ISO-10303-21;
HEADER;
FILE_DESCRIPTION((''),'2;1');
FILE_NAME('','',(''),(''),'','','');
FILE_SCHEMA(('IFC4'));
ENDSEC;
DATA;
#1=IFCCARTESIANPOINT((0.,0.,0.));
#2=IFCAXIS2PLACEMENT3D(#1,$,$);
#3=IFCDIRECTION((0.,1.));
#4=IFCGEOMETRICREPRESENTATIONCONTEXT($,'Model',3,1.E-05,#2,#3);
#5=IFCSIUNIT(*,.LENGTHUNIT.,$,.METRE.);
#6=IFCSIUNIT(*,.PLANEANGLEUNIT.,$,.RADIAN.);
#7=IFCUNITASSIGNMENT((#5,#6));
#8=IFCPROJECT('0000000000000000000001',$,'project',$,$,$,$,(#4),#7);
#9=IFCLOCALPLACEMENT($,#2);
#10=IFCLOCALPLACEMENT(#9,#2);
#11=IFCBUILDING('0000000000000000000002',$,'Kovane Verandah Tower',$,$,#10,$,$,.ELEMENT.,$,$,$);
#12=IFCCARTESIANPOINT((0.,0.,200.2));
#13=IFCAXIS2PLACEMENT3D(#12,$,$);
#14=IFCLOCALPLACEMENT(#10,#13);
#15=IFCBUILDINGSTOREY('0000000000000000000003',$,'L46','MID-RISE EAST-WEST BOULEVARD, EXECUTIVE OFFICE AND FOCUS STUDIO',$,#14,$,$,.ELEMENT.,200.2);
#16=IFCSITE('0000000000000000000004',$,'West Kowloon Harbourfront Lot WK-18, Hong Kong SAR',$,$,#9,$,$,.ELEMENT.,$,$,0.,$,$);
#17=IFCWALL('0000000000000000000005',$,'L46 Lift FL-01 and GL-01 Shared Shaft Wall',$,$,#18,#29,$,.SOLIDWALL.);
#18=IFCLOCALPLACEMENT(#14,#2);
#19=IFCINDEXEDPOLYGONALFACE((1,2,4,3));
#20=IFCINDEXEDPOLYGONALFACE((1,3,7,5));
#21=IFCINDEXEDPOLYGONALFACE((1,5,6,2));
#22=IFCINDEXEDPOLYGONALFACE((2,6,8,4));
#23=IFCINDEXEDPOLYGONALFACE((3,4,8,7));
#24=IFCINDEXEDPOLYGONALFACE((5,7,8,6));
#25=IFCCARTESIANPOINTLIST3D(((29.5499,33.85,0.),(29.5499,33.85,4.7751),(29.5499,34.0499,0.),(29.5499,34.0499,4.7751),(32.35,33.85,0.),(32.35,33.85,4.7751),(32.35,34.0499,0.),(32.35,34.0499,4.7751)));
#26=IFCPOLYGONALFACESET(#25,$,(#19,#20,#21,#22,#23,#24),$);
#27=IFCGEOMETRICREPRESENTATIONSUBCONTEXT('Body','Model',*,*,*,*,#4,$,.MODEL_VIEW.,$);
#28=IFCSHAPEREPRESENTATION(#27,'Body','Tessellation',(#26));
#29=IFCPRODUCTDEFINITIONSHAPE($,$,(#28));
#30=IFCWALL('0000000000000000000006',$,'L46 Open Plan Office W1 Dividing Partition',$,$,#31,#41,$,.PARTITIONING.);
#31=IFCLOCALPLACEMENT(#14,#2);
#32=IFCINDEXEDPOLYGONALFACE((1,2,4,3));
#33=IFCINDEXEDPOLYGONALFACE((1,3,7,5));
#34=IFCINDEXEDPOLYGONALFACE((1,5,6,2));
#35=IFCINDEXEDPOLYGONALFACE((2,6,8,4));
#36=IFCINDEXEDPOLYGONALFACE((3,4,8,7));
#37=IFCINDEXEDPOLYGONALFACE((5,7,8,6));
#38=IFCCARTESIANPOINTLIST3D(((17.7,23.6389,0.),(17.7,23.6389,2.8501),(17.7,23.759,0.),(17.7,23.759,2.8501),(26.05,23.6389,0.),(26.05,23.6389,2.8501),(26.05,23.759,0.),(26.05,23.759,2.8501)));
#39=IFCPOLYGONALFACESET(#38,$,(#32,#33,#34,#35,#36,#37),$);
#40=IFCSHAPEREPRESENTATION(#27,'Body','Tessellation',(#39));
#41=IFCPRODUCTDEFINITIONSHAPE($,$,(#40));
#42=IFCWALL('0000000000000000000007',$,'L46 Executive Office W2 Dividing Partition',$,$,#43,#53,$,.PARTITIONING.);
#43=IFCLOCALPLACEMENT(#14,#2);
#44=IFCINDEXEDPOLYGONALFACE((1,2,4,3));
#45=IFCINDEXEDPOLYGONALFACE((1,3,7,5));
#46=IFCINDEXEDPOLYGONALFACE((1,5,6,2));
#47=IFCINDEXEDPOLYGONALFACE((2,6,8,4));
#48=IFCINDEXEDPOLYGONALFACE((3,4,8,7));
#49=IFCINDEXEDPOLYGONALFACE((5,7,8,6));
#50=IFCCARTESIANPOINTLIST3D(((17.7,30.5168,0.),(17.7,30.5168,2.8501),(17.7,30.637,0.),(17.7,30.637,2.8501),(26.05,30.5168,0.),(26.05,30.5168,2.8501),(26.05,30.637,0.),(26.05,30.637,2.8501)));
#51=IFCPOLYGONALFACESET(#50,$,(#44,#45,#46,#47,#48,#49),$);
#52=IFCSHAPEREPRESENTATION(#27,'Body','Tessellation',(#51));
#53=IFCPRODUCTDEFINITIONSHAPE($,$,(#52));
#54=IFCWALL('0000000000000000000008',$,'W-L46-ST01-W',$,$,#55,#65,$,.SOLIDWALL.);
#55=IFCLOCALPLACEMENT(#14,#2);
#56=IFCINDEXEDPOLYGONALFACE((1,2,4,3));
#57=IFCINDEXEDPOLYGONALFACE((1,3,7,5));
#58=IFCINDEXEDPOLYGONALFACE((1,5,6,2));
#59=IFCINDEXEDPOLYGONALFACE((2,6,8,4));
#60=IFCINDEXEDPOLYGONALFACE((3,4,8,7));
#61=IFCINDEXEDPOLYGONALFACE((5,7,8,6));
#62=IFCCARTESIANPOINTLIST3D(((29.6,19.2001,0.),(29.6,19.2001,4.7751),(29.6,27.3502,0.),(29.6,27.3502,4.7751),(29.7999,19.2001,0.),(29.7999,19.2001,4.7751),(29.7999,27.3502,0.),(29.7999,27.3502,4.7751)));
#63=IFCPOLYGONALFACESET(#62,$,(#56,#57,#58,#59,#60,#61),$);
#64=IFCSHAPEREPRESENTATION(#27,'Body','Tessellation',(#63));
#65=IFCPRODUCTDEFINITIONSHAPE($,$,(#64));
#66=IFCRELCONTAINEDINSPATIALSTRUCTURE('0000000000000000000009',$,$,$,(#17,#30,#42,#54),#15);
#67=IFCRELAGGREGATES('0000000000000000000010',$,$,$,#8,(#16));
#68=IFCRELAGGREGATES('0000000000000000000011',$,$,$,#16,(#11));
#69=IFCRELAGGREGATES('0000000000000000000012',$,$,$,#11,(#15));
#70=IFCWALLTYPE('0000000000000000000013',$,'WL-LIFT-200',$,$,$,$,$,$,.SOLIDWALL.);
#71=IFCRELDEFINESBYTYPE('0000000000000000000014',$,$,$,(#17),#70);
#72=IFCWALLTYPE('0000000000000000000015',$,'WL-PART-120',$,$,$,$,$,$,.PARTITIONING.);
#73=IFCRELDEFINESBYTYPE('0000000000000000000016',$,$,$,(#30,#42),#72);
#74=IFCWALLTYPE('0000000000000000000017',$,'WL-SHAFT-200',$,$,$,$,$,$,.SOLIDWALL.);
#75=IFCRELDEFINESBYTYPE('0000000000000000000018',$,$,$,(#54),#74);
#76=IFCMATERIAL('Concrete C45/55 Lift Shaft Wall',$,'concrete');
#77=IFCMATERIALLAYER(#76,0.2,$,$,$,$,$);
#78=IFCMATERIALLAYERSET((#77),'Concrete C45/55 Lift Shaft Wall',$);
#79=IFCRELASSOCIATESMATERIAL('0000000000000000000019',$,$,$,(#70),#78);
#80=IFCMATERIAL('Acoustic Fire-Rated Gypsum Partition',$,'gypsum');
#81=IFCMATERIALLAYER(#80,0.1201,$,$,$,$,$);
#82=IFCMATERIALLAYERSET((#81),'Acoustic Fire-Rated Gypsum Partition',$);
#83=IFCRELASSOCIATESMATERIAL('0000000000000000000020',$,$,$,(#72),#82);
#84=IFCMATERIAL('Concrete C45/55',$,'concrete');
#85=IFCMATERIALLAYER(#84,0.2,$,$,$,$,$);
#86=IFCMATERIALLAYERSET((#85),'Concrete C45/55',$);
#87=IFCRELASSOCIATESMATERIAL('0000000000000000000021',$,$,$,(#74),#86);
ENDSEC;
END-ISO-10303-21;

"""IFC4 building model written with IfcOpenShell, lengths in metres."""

from ifc_helpers import new_model, si_unit, direction, frame, frame_2d, origin, place, context, subcontext, project, spatial, rectangle, extrude, material, layer, layer_set, type_object, element, save


model = new_model("IFC4")

# Units and contexts
model_context = context("Model", 3, precision=1e-05, world=origin(), true_north=direction((0.0, 1.0)))
body_context = subcontext(model_context, "Body", "Model", "MODEL_VIEW")
ifc_project = project(units=[si_unit("LENGTHUNIT", "METRE"), si_unit("PLANEANGLEUNIT", "RADIAN")], contexts=[model_context])

# Site, building, storey
site_placement = place(None, origin())
site = spatial("IfcSite", under=ifc_project, at=site_placement, Name="West Kowloon Harbourfront Lot WK-18, Hong Kong SAR", CompositionType="ELEMENT", RefElevation=0.0)
building_placement = place(site_placement, origin())
building = spatial("IfcBuilding", under=site, at=building_placement, Name="Kovane Verandah Tower", CompositionType="ELEMENT")
storey_placement = place(building_placement, frame((0.0, 0.0, 200.2)))
storey = spatial("IfcBuildingStorey", under=building, at=storey_placement, Name="L46", Description="MID-RISE EAST-WEST BOULEVARD, EXECUTIVE OFFICE AND FOCUS STUDIO", CompositionType="ELEMENT", Elevation=200.2)

# Shared definitions
ifc_material_1 = material(Name="Concrete C45/55 Lift Shaft Wall", Category="concrete")
ifc_layer_1 = layer(ifc_material_1, 0.2)
ifc_layer_set_1 = layer_set([ifc_layer_1], Name="Concrete C45/55 Lift Shaft Wall")
wall_type_1 = type_object("IfcWallType", Name="WL-LIFT-200", PredefinedType="SOLIDWALL", material=ifc_layer_set_1)

# Walls
wall_1_placement = place(storey_placement, frame((29.55, 33.95, 0.0), z_axis=(0.0, 0.0, 1.0), x_axis=(1.0, 0.0, 0.0)))
element("IfcWall", 1, at=wall_1_placement, inside=storey, type_object=wall_type_1, Name="L46 Lift FL-01 and GL-01 Shared Shaft Wall", PredefinedType="SOLIDWALL", context=body_context, shape_type="SweptSolid", body=[
    extrude(rectangle(XDim=2.8, YDim=0.2, at=frame_2d((1.3999, 0.0))), origin(), (0.0, 0.0, 1.0), 4.7751),
])
ifc_material_2 = material(Name="Acoustic Fire-Rated Gypsum Partition", Category="gypsum")
ifc_layer_2 = layer(ifc_material_2, 0.1201)
ifc_layer_set_2 = layer_set([ifc_layer_2], Name="Acoustic Fire-Rated Gypsum Partition")
wall_type_2 = type_object("IfcWallType", Name="WL-PART-120", PredefinedType="PARTITIONING", material=ifc_layer_set_2)
for number, where, z_axis, x_axis, name in (
    (2, (17.7, 23.699, 0.0), (0.0, 0.0, 1.0), (1.0, 0.0, 0.0), "L46 Open Plan Office W1 Dividing Partition"),
    (3, (17.7, 30.5769, 0.0), (0.0, 0.0, 1.0), (1.0, 0.0, 0.0), "L46 Executive Office W2 Dividing Partition"),
):
    element("IfcWall", number, at=place(storey_placement, frame(where, z_axis=z_axis, x_axis=x_axis)), inside=storey, type_object=wall_type_2, Name=name, PredefinedType="PARTITIONING", context=body_context, shape_type="SweptSolid", body=[
        extrude(rectangle(XDim=8.3501, YDim=0.1201, at=frame_2d((4.175, 0.0))), origin(), (0.0, 0.0, 1.0), 2.8501),
    ])
ifc_material_3 = material(Name="Concrete C45/55", Category="concrete")
ifc_layer_3 = layer(ifc_material_3, 0.2)
ifc_layer_set_3 = layer_set([ifc_layer_3], Name="Concrete C45/55")
wall_type_3 = type_object("IfcWallType", Name="WL-SHAFT-200", PredefinedType="SOLIDWALL", material=ifc_layer_set_3)
wall_2_placement = place(storey_placement, frame((29.7, 19.2, 0.0), z_axis=(0.0, 0.0, 1.0), x_axis=(0.0, 1.0, 0.0)))
element("IfcWall", 4, at=wall_2_placement, inside=storey, type_object=wall_type_3, Name="W-L46-ST01-W", PredefinedType="SOLIDWALL", context=body_context, shape_type="SweptSolid", body=[
    extrude(rectangle(XDim=8.1501, YDim=0.2, at=frame_2d((4.0752, 0.0))), origin(), (0.0, 0.0, 1.0), 4.7751),
])

save(model, "model.ifc")
